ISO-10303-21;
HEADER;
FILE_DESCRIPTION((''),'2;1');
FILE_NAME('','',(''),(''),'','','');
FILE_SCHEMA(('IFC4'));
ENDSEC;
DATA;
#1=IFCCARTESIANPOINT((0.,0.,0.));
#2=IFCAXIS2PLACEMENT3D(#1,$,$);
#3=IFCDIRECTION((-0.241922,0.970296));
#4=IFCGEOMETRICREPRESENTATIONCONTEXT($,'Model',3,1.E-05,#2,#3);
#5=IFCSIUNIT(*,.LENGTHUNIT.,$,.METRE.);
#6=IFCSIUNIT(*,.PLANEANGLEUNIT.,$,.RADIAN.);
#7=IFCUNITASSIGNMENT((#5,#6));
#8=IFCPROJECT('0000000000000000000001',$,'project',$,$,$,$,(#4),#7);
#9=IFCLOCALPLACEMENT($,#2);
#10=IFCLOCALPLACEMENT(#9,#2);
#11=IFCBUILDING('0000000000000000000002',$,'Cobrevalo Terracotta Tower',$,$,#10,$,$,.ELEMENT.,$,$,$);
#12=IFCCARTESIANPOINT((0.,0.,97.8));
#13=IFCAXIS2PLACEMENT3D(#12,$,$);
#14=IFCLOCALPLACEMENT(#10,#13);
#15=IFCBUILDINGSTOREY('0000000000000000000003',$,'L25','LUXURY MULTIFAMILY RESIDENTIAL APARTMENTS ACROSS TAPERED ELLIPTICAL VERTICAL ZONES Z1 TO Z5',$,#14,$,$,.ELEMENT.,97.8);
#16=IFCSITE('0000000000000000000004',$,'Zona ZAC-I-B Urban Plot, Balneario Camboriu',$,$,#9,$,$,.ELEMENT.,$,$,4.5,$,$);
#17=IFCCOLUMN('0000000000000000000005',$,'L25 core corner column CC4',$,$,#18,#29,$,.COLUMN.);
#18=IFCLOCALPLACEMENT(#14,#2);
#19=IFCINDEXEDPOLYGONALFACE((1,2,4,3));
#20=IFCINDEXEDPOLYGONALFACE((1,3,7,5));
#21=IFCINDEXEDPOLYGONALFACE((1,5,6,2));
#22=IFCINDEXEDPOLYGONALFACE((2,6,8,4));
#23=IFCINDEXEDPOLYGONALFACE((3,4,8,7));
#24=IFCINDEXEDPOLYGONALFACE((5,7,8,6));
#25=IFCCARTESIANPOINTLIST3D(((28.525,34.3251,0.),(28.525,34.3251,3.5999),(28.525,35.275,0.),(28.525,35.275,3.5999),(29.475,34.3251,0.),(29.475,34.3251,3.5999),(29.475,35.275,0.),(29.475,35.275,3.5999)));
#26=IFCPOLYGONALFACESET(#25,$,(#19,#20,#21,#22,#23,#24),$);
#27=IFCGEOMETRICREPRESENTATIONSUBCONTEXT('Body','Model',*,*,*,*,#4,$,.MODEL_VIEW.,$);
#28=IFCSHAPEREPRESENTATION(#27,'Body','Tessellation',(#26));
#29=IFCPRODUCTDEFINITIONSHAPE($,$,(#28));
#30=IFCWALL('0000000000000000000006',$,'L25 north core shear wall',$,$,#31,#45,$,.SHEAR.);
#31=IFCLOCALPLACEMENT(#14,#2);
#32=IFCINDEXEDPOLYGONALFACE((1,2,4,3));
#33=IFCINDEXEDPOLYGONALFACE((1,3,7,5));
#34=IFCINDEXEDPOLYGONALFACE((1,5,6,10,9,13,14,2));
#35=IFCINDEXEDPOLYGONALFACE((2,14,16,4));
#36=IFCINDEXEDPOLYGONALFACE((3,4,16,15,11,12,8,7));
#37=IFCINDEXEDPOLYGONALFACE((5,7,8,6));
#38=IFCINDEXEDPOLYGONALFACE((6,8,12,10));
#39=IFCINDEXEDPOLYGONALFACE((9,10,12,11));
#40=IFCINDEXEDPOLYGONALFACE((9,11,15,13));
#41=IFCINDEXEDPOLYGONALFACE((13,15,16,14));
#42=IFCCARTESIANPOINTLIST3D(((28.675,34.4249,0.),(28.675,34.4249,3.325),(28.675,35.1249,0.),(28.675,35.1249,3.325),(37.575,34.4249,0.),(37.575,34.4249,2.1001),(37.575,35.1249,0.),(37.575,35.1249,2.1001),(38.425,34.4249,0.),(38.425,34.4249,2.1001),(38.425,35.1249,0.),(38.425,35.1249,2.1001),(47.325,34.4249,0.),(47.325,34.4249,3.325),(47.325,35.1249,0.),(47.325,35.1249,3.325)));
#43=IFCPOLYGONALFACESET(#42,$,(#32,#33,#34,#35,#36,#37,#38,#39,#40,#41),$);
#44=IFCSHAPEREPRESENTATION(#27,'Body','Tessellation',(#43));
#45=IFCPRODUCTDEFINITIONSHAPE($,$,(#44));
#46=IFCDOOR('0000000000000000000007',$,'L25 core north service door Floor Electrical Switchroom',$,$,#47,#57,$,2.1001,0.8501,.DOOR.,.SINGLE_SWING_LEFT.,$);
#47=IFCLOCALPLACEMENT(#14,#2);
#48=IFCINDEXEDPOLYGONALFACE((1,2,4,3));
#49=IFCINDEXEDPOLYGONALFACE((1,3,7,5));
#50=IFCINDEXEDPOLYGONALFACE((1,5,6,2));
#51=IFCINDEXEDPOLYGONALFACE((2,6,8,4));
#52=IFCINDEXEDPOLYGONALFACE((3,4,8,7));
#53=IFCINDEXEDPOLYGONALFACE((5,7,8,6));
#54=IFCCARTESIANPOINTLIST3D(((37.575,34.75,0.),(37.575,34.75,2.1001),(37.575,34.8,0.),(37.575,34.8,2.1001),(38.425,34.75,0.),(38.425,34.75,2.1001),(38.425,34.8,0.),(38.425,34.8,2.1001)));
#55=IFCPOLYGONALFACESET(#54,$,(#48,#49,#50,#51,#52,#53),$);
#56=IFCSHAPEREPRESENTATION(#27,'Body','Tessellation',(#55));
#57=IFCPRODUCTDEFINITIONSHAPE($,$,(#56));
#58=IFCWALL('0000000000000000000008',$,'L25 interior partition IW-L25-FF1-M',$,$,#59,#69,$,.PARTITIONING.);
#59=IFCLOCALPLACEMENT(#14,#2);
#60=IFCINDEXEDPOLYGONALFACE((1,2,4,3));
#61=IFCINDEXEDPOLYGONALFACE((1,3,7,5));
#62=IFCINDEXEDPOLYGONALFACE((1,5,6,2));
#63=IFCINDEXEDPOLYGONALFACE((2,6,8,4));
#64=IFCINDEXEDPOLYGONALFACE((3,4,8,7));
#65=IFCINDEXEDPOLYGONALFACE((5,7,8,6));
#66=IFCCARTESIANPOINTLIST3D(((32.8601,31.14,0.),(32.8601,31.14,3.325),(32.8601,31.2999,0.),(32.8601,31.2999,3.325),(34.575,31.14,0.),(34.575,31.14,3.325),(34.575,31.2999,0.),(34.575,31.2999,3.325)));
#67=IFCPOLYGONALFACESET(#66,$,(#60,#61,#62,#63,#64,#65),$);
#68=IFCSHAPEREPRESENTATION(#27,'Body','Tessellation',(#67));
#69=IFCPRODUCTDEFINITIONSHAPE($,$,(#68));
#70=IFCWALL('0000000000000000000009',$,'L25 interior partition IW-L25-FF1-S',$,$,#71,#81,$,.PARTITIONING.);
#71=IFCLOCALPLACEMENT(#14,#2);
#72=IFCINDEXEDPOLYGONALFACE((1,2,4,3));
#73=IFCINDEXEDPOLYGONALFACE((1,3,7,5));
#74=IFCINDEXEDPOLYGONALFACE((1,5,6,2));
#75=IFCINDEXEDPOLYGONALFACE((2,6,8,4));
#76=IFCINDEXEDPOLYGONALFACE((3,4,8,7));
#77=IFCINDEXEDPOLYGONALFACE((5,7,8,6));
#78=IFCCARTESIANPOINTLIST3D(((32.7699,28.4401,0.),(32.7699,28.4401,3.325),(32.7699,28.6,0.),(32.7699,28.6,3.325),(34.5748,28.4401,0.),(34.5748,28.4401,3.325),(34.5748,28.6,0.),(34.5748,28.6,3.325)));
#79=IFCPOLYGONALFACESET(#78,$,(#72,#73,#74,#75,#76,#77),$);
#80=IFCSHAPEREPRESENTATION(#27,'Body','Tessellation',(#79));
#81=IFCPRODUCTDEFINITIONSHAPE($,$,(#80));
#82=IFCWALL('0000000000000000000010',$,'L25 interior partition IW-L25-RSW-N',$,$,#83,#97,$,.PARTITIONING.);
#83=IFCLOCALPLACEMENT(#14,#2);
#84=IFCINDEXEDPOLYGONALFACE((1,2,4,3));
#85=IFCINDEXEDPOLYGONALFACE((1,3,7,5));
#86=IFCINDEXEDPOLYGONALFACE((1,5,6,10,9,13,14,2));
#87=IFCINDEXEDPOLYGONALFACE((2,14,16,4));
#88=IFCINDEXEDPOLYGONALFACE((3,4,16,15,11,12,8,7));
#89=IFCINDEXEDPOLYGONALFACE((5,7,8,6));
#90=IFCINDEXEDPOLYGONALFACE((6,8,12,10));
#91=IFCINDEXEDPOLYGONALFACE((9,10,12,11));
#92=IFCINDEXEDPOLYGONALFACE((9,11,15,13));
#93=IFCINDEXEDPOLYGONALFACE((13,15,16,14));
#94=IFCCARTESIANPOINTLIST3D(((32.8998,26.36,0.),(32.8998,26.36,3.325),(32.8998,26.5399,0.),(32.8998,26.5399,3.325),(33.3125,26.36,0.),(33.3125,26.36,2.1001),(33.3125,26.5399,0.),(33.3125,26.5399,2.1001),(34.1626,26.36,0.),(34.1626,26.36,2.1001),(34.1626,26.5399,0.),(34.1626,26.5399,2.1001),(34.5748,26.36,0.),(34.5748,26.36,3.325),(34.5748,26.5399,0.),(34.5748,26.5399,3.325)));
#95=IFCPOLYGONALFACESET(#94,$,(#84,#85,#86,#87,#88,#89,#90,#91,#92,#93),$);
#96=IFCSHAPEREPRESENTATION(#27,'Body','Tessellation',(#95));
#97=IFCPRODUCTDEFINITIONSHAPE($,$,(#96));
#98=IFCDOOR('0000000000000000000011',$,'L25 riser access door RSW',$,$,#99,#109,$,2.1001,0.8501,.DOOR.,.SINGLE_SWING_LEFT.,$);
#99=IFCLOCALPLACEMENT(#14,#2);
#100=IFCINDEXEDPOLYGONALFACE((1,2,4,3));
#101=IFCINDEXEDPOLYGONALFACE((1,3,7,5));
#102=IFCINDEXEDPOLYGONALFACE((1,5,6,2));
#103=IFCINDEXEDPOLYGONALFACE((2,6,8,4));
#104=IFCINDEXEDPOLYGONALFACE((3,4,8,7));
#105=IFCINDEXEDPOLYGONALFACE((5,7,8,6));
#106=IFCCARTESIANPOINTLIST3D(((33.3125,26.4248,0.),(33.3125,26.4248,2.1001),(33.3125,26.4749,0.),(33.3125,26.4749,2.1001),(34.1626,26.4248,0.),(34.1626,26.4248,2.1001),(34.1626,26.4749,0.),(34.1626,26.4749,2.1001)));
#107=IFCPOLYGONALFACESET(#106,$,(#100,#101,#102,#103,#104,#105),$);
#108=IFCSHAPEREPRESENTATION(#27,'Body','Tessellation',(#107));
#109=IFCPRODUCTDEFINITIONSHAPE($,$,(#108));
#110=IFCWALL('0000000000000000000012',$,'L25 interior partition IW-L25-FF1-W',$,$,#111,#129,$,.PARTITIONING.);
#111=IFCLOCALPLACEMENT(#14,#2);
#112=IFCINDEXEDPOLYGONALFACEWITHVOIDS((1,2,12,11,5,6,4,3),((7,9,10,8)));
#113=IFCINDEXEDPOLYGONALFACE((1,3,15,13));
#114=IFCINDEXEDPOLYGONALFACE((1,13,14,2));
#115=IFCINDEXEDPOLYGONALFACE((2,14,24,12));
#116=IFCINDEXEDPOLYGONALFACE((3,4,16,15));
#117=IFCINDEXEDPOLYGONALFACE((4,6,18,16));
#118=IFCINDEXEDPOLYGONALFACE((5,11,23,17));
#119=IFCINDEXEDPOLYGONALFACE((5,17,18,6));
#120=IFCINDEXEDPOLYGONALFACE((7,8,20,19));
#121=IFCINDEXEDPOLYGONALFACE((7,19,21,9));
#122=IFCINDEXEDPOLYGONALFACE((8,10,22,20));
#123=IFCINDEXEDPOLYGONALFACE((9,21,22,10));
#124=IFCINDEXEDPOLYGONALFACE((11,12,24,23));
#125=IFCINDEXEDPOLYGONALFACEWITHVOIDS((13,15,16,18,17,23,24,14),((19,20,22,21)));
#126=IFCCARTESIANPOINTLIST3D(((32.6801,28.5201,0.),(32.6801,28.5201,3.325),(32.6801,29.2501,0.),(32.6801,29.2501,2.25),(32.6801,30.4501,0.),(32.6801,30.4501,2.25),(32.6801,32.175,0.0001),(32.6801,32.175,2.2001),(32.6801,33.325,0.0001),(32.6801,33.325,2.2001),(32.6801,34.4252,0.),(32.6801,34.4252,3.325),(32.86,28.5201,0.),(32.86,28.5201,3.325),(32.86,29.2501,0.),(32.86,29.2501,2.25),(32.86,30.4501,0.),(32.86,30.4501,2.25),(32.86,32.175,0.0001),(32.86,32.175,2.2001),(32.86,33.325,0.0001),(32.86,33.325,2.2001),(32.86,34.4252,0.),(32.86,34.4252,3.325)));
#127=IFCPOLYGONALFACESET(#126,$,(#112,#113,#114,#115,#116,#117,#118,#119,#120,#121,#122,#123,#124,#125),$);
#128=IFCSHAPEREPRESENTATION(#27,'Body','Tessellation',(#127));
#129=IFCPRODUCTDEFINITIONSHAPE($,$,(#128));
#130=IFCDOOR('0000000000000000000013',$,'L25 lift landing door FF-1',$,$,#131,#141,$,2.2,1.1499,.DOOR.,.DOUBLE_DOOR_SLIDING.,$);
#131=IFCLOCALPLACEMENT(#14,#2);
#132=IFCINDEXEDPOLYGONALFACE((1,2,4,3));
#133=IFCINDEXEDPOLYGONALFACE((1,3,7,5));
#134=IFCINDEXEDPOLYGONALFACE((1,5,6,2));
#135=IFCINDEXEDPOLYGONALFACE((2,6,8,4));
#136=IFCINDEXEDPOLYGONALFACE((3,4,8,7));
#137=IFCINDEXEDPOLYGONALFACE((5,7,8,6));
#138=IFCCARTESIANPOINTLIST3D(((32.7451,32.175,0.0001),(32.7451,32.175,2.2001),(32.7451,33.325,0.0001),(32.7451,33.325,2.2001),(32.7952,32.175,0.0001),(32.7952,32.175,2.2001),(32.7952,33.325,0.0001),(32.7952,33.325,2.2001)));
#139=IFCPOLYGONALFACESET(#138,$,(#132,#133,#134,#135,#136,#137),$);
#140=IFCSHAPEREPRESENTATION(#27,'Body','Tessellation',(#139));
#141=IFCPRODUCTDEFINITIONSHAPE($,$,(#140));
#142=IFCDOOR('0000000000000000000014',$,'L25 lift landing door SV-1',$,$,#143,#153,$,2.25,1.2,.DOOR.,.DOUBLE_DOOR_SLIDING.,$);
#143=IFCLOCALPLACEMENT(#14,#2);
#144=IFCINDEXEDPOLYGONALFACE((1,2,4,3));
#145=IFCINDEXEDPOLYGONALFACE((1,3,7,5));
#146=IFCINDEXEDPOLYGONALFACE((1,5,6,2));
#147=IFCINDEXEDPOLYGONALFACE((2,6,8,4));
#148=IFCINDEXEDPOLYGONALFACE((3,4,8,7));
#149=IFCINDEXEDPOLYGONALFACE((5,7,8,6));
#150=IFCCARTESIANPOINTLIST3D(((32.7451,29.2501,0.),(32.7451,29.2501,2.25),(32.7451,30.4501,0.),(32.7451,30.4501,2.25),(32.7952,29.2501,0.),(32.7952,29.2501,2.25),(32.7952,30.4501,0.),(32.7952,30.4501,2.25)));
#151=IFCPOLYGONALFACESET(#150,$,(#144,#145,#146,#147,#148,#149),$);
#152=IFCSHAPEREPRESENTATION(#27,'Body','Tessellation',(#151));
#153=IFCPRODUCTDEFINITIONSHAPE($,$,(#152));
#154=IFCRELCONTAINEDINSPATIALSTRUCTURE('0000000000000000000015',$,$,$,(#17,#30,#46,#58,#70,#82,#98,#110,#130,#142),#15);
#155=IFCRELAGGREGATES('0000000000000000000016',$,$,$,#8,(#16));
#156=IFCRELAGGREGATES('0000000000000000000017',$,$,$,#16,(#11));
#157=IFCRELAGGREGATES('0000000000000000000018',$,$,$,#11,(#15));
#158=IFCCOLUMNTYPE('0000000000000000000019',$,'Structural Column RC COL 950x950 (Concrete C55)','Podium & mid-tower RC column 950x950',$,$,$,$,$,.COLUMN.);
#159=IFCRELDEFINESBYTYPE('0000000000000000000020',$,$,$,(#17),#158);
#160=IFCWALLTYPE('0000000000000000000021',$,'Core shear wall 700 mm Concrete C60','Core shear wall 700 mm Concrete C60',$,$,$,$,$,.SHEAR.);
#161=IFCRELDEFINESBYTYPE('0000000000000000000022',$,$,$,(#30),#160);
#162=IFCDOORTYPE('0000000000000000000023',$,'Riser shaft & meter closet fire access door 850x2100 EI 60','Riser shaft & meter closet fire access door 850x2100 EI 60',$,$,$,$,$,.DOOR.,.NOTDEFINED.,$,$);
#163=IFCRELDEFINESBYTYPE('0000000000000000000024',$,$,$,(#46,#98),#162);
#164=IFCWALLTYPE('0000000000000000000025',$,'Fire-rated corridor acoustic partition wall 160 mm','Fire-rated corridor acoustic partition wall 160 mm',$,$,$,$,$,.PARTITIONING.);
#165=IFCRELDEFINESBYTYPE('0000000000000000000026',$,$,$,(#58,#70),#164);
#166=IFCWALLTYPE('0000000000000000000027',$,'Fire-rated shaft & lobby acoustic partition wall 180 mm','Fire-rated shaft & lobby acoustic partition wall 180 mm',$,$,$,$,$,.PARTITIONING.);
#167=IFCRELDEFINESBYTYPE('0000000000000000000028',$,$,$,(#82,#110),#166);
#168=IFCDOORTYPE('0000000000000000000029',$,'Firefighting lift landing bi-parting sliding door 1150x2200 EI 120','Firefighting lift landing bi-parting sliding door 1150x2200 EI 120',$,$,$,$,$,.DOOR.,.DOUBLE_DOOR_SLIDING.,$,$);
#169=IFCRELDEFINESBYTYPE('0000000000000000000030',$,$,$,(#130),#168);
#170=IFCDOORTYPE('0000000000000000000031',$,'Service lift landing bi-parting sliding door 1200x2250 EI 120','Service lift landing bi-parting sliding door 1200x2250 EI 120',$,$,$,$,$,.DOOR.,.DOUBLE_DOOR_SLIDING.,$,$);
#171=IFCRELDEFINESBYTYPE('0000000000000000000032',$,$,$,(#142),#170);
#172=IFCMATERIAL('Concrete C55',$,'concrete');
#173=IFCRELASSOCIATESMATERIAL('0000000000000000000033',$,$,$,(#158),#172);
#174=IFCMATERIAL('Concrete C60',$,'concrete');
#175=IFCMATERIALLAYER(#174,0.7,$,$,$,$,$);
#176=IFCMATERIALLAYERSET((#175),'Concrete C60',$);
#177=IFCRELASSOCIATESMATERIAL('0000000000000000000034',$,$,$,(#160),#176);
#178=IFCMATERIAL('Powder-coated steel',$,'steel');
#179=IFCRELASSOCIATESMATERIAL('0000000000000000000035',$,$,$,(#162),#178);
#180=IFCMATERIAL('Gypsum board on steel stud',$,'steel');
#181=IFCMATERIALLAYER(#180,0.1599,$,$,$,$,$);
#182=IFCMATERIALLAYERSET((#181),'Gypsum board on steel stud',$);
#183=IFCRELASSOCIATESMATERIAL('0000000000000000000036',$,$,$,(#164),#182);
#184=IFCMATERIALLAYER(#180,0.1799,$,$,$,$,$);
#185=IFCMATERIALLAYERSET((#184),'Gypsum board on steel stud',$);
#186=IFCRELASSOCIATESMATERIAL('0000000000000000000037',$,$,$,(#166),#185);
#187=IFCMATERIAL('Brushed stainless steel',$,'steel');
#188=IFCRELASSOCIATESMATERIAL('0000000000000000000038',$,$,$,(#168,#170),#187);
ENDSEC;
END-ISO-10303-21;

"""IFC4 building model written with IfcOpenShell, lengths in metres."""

from ifc_helpers import new_model, si_unit, direction, frame, frame_2d, origin, origin_2d, place, context, subcontext, project, spatial, rectangle, extrude, source, transform, mapped, material, layer, layer_set, material_profile, profile_set, type_object, element, fill, save


model = new_model("IFC4")

# Units and contexts
model_context = context("Model", 3, precision=1e-05, world=origin(), true_north=direction((-0.241922, 0.970296)))
body_context = subcontext(model_context, "Body", "Model", "MODEL_VIEW")
ifc_project = project(units=[si_unit("LENGTHUNIT", "METRE"), si_unit("PLANEANGLEUNIT", "RADIAN")], contexts=[model_context])

# Site, building, storey
site_placement = place(None, origin())
site = spatial("IfcSite", under=ifc_project, at=site_placement, Name="Zona ZAC-I-B Urban Plot, Balneario Camboriu", CompositionType="ELEMENT", RefElevation=4.5)
building_placement = place(site_placement, origin())
building = spatial("IfcBuilding", under=site, at=building_placement, Name="Cobrevalo Terracotta Tower", CompositionType="ELEMENT")
storey_placement = place(building_placement, frame((0.0, 0.0, 97.8)))
storey = spatial("IfcBuildingStorey", under=building, at=storey_placement, Name="L25", Description="LUXURY MULTIFAMILY RESIDENTIAL APARTMENTS ACROSS TAPERED ELLIPTICAL VERTICAL ZONES Z1 TO Z5", CompositionType="ELEMENT", Elevation=97.8)

# Column
ifc_material_1 = material(Name="Concrete C55", Category="concrete")
ifc_material_profile = material_profile(ifc_material_1, rectangle(XDim=0.95, YDim=0.95, at=origin_2d()), Name="RC COL 950x950")
ifc_profile_set = profile_set([ifc_material_profile], Name="Concrete C55")
column_type = type_object("IfcColumnType", Name="Structural Column RC COL 950x950 (Concrete C55)", Description="Podium & mid-tower RC column 950x950", PredefinedType="COLUMN", material=ifc_profile_set)
column_placement = place(storey_placement, frame((29.0, 34.8, 0.0), z_axis=(0.0, 0.0, 1.0), x_axis=(1.0, 0.0, 0.0)))
element("IfcColumn", 1, at=column_placement, inside=storey, type_object=column_type, Name="L25 core corner column CC4", PredefinedType="COLUMN", context=body_context, shape_type="SweptSolid", body=[
    extrude(rectangle(XDim=0.95, YDim=0.95, at=origin_2d()), origin(), (0.0, 0.0, 1.0), 3.5999),
])

# Wall, opening, door
ifc_material_2 = material(Name="Concrete C60", Category="concrete")
ifc_layer_1 = layer(ifc_material_2, 0.7)
ifc_layer_set_1 = layer_set([ifc_layer_1], Name="Concrete C60")
wall_type_1 = type_object("IfcWallType", Name="Core shear wall 700 mm Concrete C60", Description="Core shear wall 700 mm Concrete C60", PredefinedType="SHEAR", material=ifc_layer_set_1)
wall_1_placement = place(storey_placement, frame((28.675, 34.7749, 0.0), z_axis=(0.0, 0.0, 1.0), x_axis=(1.0, 0.0, 0.0)))
wall_1 = element("IfcWall", 2, at=wall_1_placement, inside=storey, type_object=wall_type_1, Name="L25 north core shear wall", PredefinedType="SHEAR", context=body_context, shape_type="SweptSolid", body=[
    extrude(rectangle(XDim=18.6499, YDim=0.7, at=frame_2d((9.325, 0.0))), origin(), (0.0, 0.0, 1.0), 3.325),
])
opening_1_placement = place(wall_1_placement, frame((8.8999, 0.0, 0.0)))
opening_1 = element("IfcOpeningElement", 3, at=opening_1_placement, cuts=wall_1, PredefinedType="OPENING", context=body_context, shape_type="SweptSolid", body=[
    extrude(rectangle(XDim=0.8501, YDim=2.1001, at=frame_2d((0.425, 1.05))), frame((0.0, 0.3599, 0.0), z_axis=(0.0, -1.0, 0.0), x_axis=(1.0, 0.0, 0.0)), (0.0, 0.0, 1.0), 0.72),
])
ifc_material_3 = material(Name="Powder-coated steel", Category="steel")
door_type_1 = type_object("IfcDoorType", Name="Riser shaft & meter closet fire access door 850x2100 EI 60", Description="Riser shaft & meter closet fire access door 850x2100 EI 60", OperationType="NOTDEFINED", PredefinedType="DOOR", material=ifc_material_3)
shared_shape_1 = source(origin(), body_context, "Body", "SweptSolid", [
    extrude(rectangle(XDim=0.8501, YDim=2.1001, at=frame_2d((0.425, 1.05))), frame((0.0, 0.0249, 0.0), z_axis=(0.0, -1.0, 0.0), x_axis=(1.0, 0.0, 0.0)), (0.0, 0.0, 1.0), 0.05),
])
door_1_placement = place(opening_1_placement, frame((0.8501, 0.0, 0.0), z_axis=(0.0, 0.0, 1.0), x_axis=(-1.0, 0.0, 0.0)))
door_1 = element("IfcDoor", 4, at=door_1_placement, inside=storey, type_object=door_type_1, Name="L25 core north service door Floor Electrical Switchroom", OperationType="SINGLE_SWING_LEFT", OverallHeight=2.1001, OverallWidth=0.8501, PredefinedType="DOOR", context=body_context, shape_type="MappedRepresentation", body=[
    mapped(shared_shape_1, transform((0.0, 0.0, 0.0), scale=1.0)),
])
fill(opening_1, door_1)

# Walls
ifc_material_4 = material(Name="Gypsum board on steel stud", Category="steel")
ifc_layer_2 = layer(ifc_material_4, 0.1599)
ifc_layer_set_2 = layer_set([ifc_layer_2], Name="Gypsum board on steel stud")
wall_type_2 = type_object("IfcWallType", Name="Fire-rated corridor acoustic partition wall 160 mm", Description="Fire-rated corridor acoustic partition wall 160 mm", PredefinedType="PARTITIONING", material=ifc_layer_set_2)
wall_2_placement = place(storey_placement, frame((32.8601, 31.22, 0.0), z_axis=(0.0, 0.0, 1.0), x_axis=(1.0, 0.0, 0.0)))
element("IfcWall", 5, at=wall_2_placement, inside=storey, type_object=wall_type_2, Name="L25 interior partition IW-L25-FF1-M", PredefinedType="PARTITIONING", context=body_context, shape_type="SweptSolid", body=[
    extrude(rectangle(XDim=1.7148, YDim=0.1599, at=frame_2d((0.8574, 0.0))), origin(), (0.0, 0.0, 1.0), 3.325),
])
wall_3_placement = place(storey_placement, frame((32.77, 28.52, 0.0), z_axis=(0.0, 0.0, 1.0), x_axis=(1.0, 0.0, 0.0)))
element("IfcWall", 6, at=wall_3_placement, inside=storey, type_object=wall_type_2, Name="L25 interior partition IW-L25-FF1-S", PredefinedType="PARTITIONING", context=body_context, shape_type="SweptSolid", body=[
    extrude(rectangle(XDim=1.8049, YDim=0.1599, at=frame_2d((0.9023, 0.0))), origin(), (0.0, 0.0, 1.0), 3.325),
])

# Wall, opening, door
ifc_layer_3 = layer(ifc_material_4, 0.1799)
ifc_layer_set_3 = layer_set([ifc_layer_3], Name="Gypsum board on steel stud")
wall_type_3 = type_object("IfcWallType", Name="Fire-rated shaft & lobby acoustic partition wall 180 mm", Description="Fire-rated shaft & lobby acoustic partition wall 180 mm", PredefinedType="PARTITIONING", material=ifc_layer_set_3)
wall_4_placement = place(storey_placement, frame((32.8999, 26.45, 0.0), z_axis=(0.0, 0.0, 1.0), x_axis=(1.0, 0.0, 0.0)))
wall_4 = element("IfcWall", 7, at=wall_4_placement, inside=storey, type_object=wall_type_3, Name="L25 interior partition IW-L25-RSW-N", PredefinedType="PARTITIONING", context=body_context, shape_type="SweptSolid", body=[
    extrude(rectangle(XDim=1.675, YDim=0.1799, at=frame_2d((0.8374, 0.0))), origin(), (0.0, 0.0, 1.0), 3.325),
])
opening_2_placement = place(wall_4_placement, frame((0.4126, 0.0, 0.0)))
opening_2 = element("IfcOpeningElement", 8, at=opening_2_placement, cuts=wall_4, PredefinedType="OPENING", context=body_context, shape_type="SweptSolid", body=[
    extrude(rectangle(XDim=0.8501, YDim=2.1001, at=frame_2d((0.425, 1.05))), frame((0.0, 0.1001, 0.0), z_axis=(0.0, -1.0, 0.0), x_axis=(1.0, 0.0, 0.0)), (0.0, 0.0, 1.0), 0.2),
])
door_2_placement = place(opening_2_placement, origin())
door_2 = element("IfcDoor", 9, at=door_2_placement, inside=storey, type_object=door_type_1, Name="L25 riser access door RSW", OperationType="SINGLE_SWING_LEFT", OverallHeight=2.1001, OverallWidth=0.8501, PredefinedType="DOOR", context=body_context, shape_type="MappedRepresentation", body=[
    mapped(shared_shape_1, transform((0.0, 0.0, 0.0), scale=1.0)),
])
fill(opening_2, door_2)

# Wall, openings, doors
wall_5_placement = place(storey_placement, frame((32.77, 28.52, 0.0), z_axis=(0.0, 0.0, 1.0), x_axis=(0.0, 1.0, 0.0)))
wall_5 = element("IfcWall", 10, at=wall_5_placement, inside=storey, type_object=wall_type_3, Name="L25 interior partition IW-L25-FF1-W", PredefinedType="PARTITIONING", context=body_context, shape_type="SweptSolid", body=[
    extrude(rectangle(XDim=5.905, YDim=0.1799, at=frame_2d((2.9526, 0.0))), origin(), (0.0, 0.0, 1.0), 3.325),
])
opening_3_placement = place(wall_5_placement, frame((3.655, 0.0, 0.0)))
opening_3 = element("IfcOpeningElement", 11, at=opening_3_placement, cuts=wall_5, PredefinedType="OPENING", context=body_context, shape_type="SweptSolid", body=[
    extrude(rectangle(XDim=1.1499, YDim=2.2, at=frame_2d((0.575, 1.1001))), frame((0.0, 0.1001, 0.0), z_axis=(0.0, -1.0, 0.0), x_axis=(1.0, 0.0, 0.0)), (0.0, 0.0, 1.0), 0.2),
])
opening_4_placement = place(wall_5_placement, frame((0.73, 0.0, 0.0)))
opening_4 = element("IfcOpeningElement", 12, at=opening_4_placement, cuts=wall_5, PredefinedType="OPENING", context=body_context, shape_type="SweptSolid", body=[
    extrude(rectangle(XDim=1.2, YDim=2.25, at=frame_2d((0.6001, 1.125))), frame((0.0, 0.1001, 0.0), z_axis=(0.0, -1.0, 0.0), x_axis=(1.0, 0.0, 0.0)), (0.0, 0.0, 1.0), 0.2),
])
ifc_material_5 = material(Name="Brushed stainless steel", Category="steel")
door_type_2 = type_object("IfcDoorType", Name="Firefighting lift landing bi-parting sliding door 1150x2200 EI 120", Description="Firefighting lift landing bi-parting sliding door 1150x2200 EI 120", OperationType="DOUBLE_DOOR_SLIDING", PredefinedType="DOOR", material=ifc_material_5)
shared_shape_2 = source(origin(), body_context, "Body", "SweptSolid", [
    extrude(rectangle(XDim=1.1499, YDim=2.2, at=frame_2d((0.575, 1.1001))), frame((0.0, 0.0249, 0.0), z_axis=(0.0, -1.0, 0.0), x_axis=(1.0, 0.0, 0.0)), (0.0, 0.0, 1.0), 0.05),
])
door_3_placement = place(opening_3_placement, origin())
door_3 = element("IfcDoor", 13, at=door_3_placement, inside=storey, type_object=door_type_2, Name="L25 lift landing door FF-1", OperationType="DOUBLE_DOOR_SLIDING", OverallHeight=2.2, OverallWidth=1.1499, PredefinedType="DOOR", context=body_context, shape_type="MappedRepresentation", body=[
    mapped(shared_shape_2, transform((0.0, 0.0, 0.0), scale=1.0)),
])
fill(opening_3, door_3)
door_type_3 = type_object("IfcDoorType", Name="Service lift landing bi-parting sliding door 1200x2250 EI 120", Description="Service lift landing bi-parting sliding door 1200x2250 EI 120", OperationType="DOUBLE_DOOR_SLIDING", PredefinedType="DOOR", material=ifc_material_5)
shared_shape_3 = source(origin(), body_context, "Body", "SweptSolid", [
    extrude(rectangle(XDim=1.2, YDim=2.25, at=frame_2d((0.6001, 1.125))), frame((0.0, 0.0249, 0.0), z_axis=(0.0, -1.0, 0.0), x_axis=(1.0, 0.0, 0.0)), (0.0, 0.0, 1.0), 0.05),
])
door_4_placement = place(opening_4_placement, origin())
door_4 = element("IfcDoor", 14, at=door_4_placement, inside=storey, type_object=door_type_3, Name="L25 lift landing door SV-1", OperationType="DOUBLE_DOOR_SLIDING", OverallHeight=2.25, OverallWidth=1.2, PredefinedType="DOOR", context=body_context, shape_type="MappedRepresentation", body=[
    mapped(shared_shape_3, transform((0.0, 0.0, 0.0), scale=1.0)),
])
fill(opening_4, door_4)

save(model, "model.ifc")
